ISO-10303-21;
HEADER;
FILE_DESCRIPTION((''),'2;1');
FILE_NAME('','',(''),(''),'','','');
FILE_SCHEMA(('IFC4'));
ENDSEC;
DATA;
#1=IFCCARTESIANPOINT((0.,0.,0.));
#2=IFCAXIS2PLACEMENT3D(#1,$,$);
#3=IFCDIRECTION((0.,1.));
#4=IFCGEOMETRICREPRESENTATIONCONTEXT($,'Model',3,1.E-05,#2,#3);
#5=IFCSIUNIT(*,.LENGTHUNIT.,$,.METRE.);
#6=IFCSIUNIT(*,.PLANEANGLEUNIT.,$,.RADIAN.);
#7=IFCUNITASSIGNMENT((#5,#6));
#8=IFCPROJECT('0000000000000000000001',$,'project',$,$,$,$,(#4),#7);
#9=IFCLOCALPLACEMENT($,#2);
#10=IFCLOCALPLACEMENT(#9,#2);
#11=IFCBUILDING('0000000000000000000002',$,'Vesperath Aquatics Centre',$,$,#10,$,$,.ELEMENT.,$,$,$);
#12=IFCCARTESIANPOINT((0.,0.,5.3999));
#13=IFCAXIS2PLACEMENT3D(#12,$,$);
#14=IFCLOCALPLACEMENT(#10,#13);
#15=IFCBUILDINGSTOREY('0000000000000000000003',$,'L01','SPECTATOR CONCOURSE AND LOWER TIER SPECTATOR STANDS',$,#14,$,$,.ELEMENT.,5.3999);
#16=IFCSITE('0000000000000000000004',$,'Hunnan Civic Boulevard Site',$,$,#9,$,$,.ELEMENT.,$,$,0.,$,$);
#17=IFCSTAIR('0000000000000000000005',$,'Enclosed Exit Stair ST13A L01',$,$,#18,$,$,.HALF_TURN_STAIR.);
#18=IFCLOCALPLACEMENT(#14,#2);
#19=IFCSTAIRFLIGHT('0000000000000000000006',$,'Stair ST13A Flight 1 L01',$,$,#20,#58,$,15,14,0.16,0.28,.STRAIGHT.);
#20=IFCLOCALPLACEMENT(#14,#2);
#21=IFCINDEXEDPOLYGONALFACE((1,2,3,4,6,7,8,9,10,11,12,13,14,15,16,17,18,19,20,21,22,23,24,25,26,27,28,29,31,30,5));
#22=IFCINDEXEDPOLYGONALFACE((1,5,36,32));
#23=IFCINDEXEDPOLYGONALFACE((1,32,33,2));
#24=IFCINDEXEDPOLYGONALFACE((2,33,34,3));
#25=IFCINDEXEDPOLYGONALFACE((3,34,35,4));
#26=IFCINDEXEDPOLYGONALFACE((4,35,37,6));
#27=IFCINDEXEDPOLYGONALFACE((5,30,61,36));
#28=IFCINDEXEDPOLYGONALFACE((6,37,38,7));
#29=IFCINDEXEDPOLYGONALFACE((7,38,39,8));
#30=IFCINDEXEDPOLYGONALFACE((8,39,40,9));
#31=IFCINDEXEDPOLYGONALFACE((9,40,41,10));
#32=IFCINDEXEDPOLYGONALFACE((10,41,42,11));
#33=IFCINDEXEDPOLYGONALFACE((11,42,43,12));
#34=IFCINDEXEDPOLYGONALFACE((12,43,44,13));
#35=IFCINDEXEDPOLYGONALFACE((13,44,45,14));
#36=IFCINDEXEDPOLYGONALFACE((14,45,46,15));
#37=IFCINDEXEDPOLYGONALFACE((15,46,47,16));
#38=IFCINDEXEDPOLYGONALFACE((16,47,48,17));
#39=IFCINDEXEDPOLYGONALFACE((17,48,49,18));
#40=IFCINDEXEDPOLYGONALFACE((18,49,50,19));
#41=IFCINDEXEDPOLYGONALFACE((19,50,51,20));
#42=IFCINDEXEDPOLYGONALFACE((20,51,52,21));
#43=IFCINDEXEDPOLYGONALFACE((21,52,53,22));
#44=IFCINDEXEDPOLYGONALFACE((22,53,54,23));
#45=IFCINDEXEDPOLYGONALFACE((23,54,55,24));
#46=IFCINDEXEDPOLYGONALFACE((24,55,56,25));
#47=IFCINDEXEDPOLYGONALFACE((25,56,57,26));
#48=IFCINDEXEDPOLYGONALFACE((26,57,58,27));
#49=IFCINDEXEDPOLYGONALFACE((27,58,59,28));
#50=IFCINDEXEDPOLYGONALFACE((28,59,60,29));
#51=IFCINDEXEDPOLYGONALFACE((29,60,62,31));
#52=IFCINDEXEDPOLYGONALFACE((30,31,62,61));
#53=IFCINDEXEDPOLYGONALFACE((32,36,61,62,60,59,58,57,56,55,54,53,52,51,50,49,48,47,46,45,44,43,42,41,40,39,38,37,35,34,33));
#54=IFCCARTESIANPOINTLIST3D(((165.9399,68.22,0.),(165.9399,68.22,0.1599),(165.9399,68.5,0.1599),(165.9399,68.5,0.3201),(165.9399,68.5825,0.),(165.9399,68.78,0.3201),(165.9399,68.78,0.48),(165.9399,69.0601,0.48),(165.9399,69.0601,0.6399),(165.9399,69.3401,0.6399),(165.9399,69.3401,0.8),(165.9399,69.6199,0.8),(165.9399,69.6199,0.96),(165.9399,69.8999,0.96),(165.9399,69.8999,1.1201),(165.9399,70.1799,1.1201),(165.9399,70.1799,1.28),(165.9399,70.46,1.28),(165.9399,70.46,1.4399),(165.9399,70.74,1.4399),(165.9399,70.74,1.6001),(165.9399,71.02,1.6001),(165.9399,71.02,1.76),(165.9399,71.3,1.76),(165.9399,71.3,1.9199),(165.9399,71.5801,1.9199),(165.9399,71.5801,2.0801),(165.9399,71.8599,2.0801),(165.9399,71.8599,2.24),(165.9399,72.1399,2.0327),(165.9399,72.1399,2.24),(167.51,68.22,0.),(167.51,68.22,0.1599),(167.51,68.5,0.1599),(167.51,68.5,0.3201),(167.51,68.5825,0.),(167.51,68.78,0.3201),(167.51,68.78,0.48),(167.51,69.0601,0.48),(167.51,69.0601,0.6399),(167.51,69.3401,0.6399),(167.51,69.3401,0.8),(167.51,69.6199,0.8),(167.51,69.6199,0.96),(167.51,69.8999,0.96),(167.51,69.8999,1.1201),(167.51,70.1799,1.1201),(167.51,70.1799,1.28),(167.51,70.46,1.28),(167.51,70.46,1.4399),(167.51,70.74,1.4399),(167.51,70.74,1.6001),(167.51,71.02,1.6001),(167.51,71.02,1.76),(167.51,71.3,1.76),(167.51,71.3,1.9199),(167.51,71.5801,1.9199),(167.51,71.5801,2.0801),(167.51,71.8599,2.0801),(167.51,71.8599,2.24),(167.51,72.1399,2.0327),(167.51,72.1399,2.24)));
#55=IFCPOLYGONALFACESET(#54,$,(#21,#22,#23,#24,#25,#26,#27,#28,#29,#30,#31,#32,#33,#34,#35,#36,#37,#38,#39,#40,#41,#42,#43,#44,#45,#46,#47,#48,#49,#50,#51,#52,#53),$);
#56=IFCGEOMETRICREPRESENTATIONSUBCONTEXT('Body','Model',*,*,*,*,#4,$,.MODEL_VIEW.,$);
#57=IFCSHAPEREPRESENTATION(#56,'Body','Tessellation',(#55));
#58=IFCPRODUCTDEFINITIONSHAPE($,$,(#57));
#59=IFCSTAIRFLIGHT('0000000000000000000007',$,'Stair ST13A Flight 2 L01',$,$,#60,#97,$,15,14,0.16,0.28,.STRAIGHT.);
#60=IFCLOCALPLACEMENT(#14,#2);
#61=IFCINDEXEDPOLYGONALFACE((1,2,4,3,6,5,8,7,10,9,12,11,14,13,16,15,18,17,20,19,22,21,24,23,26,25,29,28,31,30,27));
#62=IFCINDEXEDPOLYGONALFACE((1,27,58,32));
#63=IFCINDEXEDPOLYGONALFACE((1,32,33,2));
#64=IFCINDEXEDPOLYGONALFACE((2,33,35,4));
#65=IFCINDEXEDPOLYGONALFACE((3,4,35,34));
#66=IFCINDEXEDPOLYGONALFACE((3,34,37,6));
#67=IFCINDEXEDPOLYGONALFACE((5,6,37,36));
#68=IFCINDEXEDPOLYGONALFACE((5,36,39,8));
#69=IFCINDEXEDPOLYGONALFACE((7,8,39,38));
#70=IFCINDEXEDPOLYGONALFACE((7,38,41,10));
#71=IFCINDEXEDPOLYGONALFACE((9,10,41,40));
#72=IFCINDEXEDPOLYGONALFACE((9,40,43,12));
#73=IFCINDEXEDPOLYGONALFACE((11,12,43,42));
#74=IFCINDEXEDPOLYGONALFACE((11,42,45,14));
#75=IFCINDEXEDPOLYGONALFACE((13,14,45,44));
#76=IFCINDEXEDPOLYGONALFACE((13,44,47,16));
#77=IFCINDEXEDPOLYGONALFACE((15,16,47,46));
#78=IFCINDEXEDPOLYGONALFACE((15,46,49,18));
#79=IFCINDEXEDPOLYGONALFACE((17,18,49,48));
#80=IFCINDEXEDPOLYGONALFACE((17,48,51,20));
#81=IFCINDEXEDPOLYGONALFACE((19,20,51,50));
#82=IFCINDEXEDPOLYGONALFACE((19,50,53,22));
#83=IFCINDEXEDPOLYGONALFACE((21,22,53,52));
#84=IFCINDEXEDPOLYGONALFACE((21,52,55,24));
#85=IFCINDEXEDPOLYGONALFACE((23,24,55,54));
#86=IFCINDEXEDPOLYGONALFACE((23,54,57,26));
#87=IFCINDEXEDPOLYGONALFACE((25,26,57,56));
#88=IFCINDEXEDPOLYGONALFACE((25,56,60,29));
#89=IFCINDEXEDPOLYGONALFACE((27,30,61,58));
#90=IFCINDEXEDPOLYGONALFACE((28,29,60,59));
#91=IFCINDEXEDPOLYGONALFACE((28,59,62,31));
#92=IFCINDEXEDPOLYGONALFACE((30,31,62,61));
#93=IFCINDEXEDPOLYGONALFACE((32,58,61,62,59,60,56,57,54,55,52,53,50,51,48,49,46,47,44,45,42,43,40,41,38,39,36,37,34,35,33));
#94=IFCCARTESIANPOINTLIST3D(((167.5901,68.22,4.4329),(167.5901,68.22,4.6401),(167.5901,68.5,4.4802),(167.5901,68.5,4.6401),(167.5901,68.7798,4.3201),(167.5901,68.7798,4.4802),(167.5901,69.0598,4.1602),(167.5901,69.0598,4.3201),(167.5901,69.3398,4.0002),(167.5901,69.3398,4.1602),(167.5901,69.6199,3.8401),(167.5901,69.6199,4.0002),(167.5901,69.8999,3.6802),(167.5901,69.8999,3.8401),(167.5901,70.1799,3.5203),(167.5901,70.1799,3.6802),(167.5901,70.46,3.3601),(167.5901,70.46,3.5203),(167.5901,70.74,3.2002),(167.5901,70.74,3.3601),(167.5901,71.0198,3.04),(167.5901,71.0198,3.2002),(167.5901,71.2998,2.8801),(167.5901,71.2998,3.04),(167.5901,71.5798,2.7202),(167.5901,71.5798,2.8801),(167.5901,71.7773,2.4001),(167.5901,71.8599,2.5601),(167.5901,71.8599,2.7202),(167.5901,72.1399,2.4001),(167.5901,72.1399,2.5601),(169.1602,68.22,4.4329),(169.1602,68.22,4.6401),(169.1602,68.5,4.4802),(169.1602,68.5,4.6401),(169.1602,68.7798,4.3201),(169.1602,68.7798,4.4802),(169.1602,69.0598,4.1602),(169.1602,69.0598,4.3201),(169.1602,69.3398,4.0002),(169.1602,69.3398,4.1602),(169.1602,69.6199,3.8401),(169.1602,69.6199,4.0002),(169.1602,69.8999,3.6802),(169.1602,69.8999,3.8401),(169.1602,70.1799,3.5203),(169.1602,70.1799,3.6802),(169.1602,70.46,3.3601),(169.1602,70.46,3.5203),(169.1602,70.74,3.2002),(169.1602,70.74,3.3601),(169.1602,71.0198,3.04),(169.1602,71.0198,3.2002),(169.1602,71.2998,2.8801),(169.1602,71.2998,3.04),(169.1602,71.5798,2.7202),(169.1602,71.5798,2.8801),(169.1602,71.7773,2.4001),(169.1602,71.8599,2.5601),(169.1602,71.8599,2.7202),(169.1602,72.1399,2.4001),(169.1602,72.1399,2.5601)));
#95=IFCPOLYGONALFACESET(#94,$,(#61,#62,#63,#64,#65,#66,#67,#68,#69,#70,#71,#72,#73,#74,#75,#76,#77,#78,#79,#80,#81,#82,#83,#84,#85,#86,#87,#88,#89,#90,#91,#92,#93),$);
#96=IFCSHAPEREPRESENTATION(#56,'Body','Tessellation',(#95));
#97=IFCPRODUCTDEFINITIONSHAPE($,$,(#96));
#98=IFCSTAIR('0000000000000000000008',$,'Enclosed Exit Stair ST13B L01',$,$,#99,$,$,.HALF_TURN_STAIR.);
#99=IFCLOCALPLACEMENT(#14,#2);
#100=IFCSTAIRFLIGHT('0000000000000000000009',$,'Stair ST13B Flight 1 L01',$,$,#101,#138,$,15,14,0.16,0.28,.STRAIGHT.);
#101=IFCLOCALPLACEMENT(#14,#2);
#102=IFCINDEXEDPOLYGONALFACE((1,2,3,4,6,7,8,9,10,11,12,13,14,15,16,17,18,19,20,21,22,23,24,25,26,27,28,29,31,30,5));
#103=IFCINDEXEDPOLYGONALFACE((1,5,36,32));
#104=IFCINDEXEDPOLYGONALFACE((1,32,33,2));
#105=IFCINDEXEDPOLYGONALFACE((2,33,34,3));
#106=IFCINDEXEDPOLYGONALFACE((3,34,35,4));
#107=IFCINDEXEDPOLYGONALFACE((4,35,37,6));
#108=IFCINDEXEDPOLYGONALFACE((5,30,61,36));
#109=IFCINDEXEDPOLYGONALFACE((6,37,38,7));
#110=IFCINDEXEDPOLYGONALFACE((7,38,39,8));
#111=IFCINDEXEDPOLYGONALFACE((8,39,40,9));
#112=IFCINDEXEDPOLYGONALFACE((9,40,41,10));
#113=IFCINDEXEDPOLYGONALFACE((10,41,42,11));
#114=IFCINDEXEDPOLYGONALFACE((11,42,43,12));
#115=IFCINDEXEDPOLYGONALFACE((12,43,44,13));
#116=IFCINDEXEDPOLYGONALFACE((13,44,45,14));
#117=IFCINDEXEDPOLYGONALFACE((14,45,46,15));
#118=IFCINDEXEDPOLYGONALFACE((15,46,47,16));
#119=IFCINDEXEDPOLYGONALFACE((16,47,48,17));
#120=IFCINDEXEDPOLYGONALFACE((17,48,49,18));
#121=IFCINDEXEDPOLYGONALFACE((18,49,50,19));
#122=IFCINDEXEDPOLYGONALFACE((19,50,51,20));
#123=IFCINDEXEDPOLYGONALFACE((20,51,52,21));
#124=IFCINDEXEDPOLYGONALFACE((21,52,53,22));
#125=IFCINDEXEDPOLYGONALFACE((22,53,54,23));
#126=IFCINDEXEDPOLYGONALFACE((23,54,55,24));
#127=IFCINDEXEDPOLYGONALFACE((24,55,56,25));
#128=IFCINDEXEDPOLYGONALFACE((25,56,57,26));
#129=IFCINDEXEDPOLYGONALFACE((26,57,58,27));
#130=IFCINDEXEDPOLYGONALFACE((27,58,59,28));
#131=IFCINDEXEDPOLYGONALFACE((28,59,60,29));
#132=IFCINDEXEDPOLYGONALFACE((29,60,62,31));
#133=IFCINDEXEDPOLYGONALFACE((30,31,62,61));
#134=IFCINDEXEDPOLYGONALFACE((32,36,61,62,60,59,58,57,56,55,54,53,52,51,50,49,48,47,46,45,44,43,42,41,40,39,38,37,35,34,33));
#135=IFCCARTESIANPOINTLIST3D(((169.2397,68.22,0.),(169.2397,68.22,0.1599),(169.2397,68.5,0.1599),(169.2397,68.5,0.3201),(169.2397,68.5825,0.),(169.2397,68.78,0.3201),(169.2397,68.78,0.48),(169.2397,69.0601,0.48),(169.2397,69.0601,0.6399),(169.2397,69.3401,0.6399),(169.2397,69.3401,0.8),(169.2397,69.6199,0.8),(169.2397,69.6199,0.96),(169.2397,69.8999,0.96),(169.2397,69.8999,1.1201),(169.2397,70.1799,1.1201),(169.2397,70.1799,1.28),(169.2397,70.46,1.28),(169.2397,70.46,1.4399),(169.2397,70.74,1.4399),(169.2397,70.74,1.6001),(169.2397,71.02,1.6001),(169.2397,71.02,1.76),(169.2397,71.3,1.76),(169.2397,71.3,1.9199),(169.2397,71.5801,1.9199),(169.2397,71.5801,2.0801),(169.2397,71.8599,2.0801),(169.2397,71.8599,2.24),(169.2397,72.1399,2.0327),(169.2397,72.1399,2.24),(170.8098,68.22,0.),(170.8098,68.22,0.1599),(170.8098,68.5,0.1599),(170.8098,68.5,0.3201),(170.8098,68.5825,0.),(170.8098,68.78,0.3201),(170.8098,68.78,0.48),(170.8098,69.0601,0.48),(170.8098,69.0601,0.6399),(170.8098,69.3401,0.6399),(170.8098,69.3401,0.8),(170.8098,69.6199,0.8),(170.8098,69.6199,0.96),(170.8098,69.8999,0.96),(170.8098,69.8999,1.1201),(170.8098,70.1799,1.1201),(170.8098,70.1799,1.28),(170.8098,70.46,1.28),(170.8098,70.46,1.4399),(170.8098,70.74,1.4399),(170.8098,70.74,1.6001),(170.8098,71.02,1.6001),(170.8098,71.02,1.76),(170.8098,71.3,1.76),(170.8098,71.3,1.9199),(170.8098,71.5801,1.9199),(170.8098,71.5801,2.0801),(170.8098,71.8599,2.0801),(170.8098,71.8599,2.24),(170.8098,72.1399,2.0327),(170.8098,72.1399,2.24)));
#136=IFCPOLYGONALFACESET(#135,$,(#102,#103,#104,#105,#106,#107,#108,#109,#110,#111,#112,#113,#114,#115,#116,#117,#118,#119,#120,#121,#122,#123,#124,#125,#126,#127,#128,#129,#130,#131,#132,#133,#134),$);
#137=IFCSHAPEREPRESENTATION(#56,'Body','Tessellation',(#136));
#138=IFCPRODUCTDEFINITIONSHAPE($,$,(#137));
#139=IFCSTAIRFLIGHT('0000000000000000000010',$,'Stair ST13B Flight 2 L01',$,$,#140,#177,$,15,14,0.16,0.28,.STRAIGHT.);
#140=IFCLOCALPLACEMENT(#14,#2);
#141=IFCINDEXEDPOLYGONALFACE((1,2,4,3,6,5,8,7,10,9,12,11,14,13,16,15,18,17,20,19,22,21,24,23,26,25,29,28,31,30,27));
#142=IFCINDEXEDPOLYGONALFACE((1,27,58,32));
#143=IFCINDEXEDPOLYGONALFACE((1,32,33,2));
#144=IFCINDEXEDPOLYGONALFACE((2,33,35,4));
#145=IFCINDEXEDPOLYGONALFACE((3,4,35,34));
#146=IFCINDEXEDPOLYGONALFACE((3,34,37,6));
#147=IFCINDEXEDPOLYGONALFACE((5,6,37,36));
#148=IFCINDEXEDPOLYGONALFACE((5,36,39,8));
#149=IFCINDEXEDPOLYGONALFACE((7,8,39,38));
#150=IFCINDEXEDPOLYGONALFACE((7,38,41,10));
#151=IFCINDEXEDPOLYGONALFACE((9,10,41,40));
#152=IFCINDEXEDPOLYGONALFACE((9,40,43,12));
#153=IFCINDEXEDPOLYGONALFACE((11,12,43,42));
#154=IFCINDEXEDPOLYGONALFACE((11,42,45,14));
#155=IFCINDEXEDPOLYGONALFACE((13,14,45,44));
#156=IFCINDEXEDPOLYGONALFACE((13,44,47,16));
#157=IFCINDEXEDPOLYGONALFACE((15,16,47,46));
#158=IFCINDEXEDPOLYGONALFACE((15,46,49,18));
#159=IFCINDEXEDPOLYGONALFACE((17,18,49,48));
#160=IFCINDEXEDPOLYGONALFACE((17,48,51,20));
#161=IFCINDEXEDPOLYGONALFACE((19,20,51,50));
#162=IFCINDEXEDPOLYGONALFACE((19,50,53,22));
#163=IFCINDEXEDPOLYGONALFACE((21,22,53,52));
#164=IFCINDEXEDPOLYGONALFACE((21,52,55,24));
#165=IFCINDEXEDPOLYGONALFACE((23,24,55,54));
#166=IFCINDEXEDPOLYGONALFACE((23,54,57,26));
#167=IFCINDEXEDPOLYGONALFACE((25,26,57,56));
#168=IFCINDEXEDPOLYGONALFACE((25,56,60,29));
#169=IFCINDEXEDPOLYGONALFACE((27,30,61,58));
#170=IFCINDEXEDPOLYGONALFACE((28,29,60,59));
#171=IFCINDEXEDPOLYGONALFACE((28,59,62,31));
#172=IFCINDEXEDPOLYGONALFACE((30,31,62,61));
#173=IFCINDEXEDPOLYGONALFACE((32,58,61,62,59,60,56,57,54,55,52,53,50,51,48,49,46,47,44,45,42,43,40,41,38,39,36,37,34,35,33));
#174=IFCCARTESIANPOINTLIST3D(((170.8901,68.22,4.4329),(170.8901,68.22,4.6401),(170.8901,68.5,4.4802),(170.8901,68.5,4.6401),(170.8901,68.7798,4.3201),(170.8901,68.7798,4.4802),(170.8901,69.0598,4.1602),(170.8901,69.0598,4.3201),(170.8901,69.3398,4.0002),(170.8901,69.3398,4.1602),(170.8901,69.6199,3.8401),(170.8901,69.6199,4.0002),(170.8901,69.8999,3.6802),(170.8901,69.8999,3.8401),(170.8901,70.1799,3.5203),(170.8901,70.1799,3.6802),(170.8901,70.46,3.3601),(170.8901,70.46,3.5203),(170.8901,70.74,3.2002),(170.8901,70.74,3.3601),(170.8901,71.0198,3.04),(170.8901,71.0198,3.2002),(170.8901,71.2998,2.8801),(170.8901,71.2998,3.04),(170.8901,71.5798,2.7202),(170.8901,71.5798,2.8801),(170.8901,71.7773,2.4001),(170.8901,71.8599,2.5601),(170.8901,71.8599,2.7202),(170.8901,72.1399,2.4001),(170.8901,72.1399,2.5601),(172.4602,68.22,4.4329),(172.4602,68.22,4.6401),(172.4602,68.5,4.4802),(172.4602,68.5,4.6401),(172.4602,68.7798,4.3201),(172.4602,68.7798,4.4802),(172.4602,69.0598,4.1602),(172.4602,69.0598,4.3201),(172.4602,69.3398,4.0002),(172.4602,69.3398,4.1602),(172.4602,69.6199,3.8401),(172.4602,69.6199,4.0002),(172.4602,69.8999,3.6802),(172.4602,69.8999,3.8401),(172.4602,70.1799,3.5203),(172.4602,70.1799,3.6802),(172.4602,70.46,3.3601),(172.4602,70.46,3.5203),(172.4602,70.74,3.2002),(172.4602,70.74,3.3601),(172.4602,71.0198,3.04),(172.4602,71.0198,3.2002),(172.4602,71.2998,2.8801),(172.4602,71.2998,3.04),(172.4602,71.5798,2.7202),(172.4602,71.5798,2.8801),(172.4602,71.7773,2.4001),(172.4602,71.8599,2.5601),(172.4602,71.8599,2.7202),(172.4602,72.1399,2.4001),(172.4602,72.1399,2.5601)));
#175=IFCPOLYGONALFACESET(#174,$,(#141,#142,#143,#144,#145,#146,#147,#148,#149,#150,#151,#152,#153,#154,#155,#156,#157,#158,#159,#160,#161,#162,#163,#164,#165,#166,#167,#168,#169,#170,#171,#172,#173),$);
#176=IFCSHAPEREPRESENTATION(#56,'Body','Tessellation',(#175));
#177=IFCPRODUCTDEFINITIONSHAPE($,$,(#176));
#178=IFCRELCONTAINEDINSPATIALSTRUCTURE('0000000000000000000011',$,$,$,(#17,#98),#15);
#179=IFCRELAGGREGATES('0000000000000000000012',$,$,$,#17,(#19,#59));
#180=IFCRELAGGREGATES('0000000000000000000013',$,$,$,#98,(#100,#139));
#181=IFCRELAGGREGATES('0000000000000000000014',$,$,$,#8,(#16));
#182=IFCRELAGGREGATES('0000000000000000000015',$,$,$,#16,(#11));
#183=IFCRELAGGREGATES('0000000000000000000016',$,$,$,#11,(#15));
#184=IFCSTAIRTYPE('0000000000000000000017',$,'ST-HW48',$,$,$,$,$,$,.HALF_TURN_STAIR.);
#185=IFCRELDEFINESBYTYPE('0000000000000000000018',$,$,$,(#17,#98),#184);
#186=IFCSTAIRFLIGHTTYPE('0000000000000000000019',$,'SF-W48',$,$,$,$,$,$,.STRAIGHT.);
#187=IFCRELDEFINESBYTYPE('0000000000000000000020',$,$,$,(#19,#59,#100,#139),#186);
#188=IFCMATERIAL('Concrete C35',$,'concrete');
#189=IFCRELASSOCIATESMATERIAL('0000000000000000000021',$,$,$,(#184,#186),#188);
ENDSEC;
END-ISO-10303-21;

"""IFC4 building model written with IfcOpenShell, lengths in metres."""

from ifc_helpers import new_model, si_unit, direction, frame, origin, place, context, subcontext, project, spatial, polyline, outline, extrude, material, type_object, element, aggregate, save


model = new_model("IFC4")

# Units and contexts
model_context = context("Model", 3, precision=1e-05, world=origin(), true_north=direction((0.0, 1.0)))
body_context = subcontext(model_context, "Body", "Model", "MODEL_VIEW")
ifc_project = project(units=[si_unit("LENGTHUNIT", "METRE"), si_unit("PLANEANGLEUNIT", "RADIAN")], contexts=[model_context])

# Site, building, storey
site_placement = place(None, origin())
site = spatial("IfcSite", under=ifc_project, at=site_placement, Name="Hunnan Civic Boulevard Site", CompositionType="ELEMENT", RefElevation=0.0)
building_placement = place(site_placement, origin())
building = spatial("IfcBuilding", under=site, at=building_placement, Name="Vesperath Aquatics Centre", CompositionType="ELEMENT")
storey_placement = place(building_placement, frame((0.0, 0.0, 5.3999)))
storey = spatial("IfcBuildingStorey", under=building, at=storey_placement, Name="L01", Description="SPECTATOR CONCOURSE AND LOWER TIER SPECTATOR STANDS", CompositionType="ELEMENT", Elevation=5.3999)

# Shared definitions
ifc_material_1 = material(Name="Concrete C35", Category="concrete")

# Stairs, stair flights
stair_type = type_object("IfcStairType", Name="ST-HW48", PredefinedType="HALF_TURN_STAIR", material=ifc_material_1)
stair_1_placement = place(storey_placement, origin())
stair_1 = element("IfcStair", 1, at=stair_1_placement, inside=storey, type_object=stair_type, Name="Enclosed Exit Stair ST13A L01", PredefinedType="HALF_TURN_STAIR")
stair_flight_type = type_object("IfcStairFlightType", Name="SF-W48", PredefinedType="STRAIGHT", material=ifc_material_1)
stair_flight_1_placement = place(storey_placement, frame((166.7251, 68.22, 0.0), z_axis=(0.0, 0.0, 1.0), x_axis=(0.0, 1.0, 0.0)))
stair_flight_1 = element("IfcStairFlight", 2, at=stair_flight_1_placement, type_object=stair_flight_type, Name="Stair ST13A Flight 1 L01", NumberOfRisers=15, NumberOfTreads=14, PredefinedType="STRAIGHT", RiserHeight=0.16, TreadLength=0.28, context=body_context, shape_type="SweptSolid", body=[
    extrude(outline(polyline([(0.0, 0.0), (0.0, 0.1599), (0.28, 0.1599), (0.28, 0.3201), (0.5601, 0.3201), (0.5601, 0.48), (0.8401, 0.48), (0.8401, 0.6399), (1.1201, 0.6399), (1.1201, 0.8), (1.3999, 0.8), (1.3999, 0.96), (1.6799, 0.96), (1.6799, 1.1201), (1.96, 1.1201), (1.96, 1.28), (2.24, 1.28), (2.24, 1.4399), (2.52, 1.4399), (2.52, 1.6001), (2.8, 1.6001), (2.8, 1.76), (3.0801, 1.76), (3.0801, 1.9199), (3.3601, 1.9199), (3.3601, 2.0801), (3.6399, 2.0801), (3.6399, 2.24), (3.9199, 2.24), (3.9199, 2.3999), (3.9199, 2.0327), (0.3625, 0.0), (0.0, 0.0)])), frame((0.0, 0.7852, 0.0), z_axis=(0.0, -1.0, 0.0), x_axis=(1.0, 0.0, 0.0)), (0.0, 0.0, 1.0), 1.5701),
])
stair_flight_2_placement = place(storey_placement, frame((168.375, 72.1399, 2.4001), z_axis=(0.0, 0.0, 1.0), x_axis=(0.0, -1.0, 0.0)))
stair_flight_2 = element("IfcStairFlight", 3, at=stair_flight_2_placement, type_object=stair_flight_type, Name="Stair ST13A Flight 2 L01", NumberOfRisers=15, NumberOfTreads=14, PredefinedType="STRAIGHT", RiserHeight=0.16, TreadLength=0.28, context=body_context, shape_type="SweptSolid", body=[
    extrude(outline(polyline([(0.0, 0.0), (0.0, 0.1599), (0.28, 0.1599), (0.28, 0.3201), (0.5601, 0.3201), (0.5601, 0.48), (0.8401, 0.48), (0.8401, 0.6399), (1.1201, 0.6399), (1.1201, 0.8), (1.3999, 0.8), (1.3999, 0.96), (1.6799, 0.96), (1.6799, 1.1201), (1.96, 1.1201), (1.96, 1.28), (2.24, 1.28), (2.24, 1.4399), (2.52, 1.4399), (2.52, 1.6001), (2.8, 1.6001), (2.8, 1.76), (3.0801, 1.76), (3.0801, 1.9199), (3.3601, 1.9199), (3.3601, 2.0801), (3.6399, 2.0801), (3.6399, 2.24), (3.9199, 2.24), (3.9199, 2.3999), (3.9199, 2.0327), (0.3625, 0.0), (0.0, 0.0)])), frame((0.0, 0.7852, 0.0), z_axis=(0.0, -1.0, 0.0), x_axis=(1.0, 0.0, 0.0)), (0.0, 0.0, 1.0), 1.5701),
])
aggregate(stair_1, [stair_flight_1, stair_flight_2])
stair_2_placement = place(storey_placement, origin())
stair_2 = element("IfcStair", 4, at=stair_2_placement, inside=storey, type_object=stair_type, Name="Enclosed Exit Stair ST13B L01", PredefinedType="HALF_TURN_STAIR")
stair_flight_3_placement = place(storey_placement, frame((170.0249, 68.22, 0.0), z_axis=(0.0, 0.0, 1.0), x_axis=(0.0, 1.0, 0.0)))
stair_flight_3 = element("IfcStairFlight", 5, at=stair_flight_3_placement, type_object=stair_flight_type, Name="Stair ST13B Flight 1 L01", NumberOfRisers=15, NumberOfTreads=14, PredefinedType="STRAIGHT", RiserHeight=0.16, TreadLength=0.28, context=body_context, shape_type="SweptSolid", body=[
    extrude(outline(polyline([(0.0, 0.0), (0.0, 0.1599), (0.28, 0.1599), (0.28, 0.3201), (0.5601, 0.3201), (0.5601, 0.48), (0.8401, 0.48), (0.8401, 0.6399), (1.1201, 0.6399), (1.1201, 0.8), (1.3999, 0.8), (1.3999, 0.96), (1.6799, 0.96), (1.6799, 1.1201), (1.96, 1.1201), (1.96, 1.28), (2.24, 1.28), (2.24, 1.4399), (2.52, 1.4399), (2.52, 1.6001), (2.8, 1.6001), (2.8, 1.76), (3.0801, 1.76), (3.0801, 1.9199), (3.3601, 1.9199), (3.3601, 2.0801), (3.6399, 2.0801), (3.6399, 2.24), (3.9199, 2.24), (3.9199, 2.3999), (3.9199, 2.0327), (0.3625, 0.0), (0.0, 0.0)])), frame((0.0, 0.7852, 0.0), z_axis=(0.0, -1.0, 0.0), x_axis=(1.0, 0.0, 0.0)), (0.0, 0.0, 1.0), 1.5701),
])
stair_flight_4_placement = place(storey_placement, frame((171.675, 72.1399, 2.4001), z_axis=(0.0, 0.0, 1.0), x_axis=(0.0, -1.0, 0.0)))
stair_flight_4 = element("IfcStairFlight", 6, at=stair_flight_4_placement, type_object=stair_flight_type, Name="Stair ST13B Flight 2 L01", NumberOfRisers=15, NumberOfTreads=14, PredefinedType="STRAIGHT", RiserHeight=0.16, TreadLength=0.28, context=body_context, shape_type="SweptSolid", body=[
    extrude(outline(polyline([(0.0, 0.0), (0.0, 0.1599), (0.28, 0.1599), (0.28, 0.3201), (0.5601, 0.3201), (0.5601, 0.48), (0.8401, 0.48), (0.8401, 0.6399), (1.1201, 0.6399), (1.1201, 0.8), (1.3999, 0.8), (1.3999, 0.96), (1.6799, 0.96), (1.6799, 1.1201), (1.96, 1.1201), (1.96, 1.28), (2.24, 1.28), (2.24, 1.4399), (2.52, 1.4399), (2.52, 1.6001), (2.8, 1.6001), (2.8, 1.76), (3.0801, 1.76), (3.0801, 1.9199), (3.3601, 1.9199), (3.3601, 2.0801), (3.6399, 2.0801), (3.6399, 2.24), (3.9199, 2.24), (3.9199, 2.3999), (3.9199, 2.0327), (0.3625, 0.0), (0.0, 0.0)])), frame((0.0, 0.7852, 0.0), z_axis=(0.0, -1.0, 0.0), x_axis=(1.0, 0.0, 0.0)), (0.0, 0.0, 1.0), 1.5701),
])
aggregate(stair_2, [stair_flight_3, stair_flight_4])

save(model, "model.ifc")
